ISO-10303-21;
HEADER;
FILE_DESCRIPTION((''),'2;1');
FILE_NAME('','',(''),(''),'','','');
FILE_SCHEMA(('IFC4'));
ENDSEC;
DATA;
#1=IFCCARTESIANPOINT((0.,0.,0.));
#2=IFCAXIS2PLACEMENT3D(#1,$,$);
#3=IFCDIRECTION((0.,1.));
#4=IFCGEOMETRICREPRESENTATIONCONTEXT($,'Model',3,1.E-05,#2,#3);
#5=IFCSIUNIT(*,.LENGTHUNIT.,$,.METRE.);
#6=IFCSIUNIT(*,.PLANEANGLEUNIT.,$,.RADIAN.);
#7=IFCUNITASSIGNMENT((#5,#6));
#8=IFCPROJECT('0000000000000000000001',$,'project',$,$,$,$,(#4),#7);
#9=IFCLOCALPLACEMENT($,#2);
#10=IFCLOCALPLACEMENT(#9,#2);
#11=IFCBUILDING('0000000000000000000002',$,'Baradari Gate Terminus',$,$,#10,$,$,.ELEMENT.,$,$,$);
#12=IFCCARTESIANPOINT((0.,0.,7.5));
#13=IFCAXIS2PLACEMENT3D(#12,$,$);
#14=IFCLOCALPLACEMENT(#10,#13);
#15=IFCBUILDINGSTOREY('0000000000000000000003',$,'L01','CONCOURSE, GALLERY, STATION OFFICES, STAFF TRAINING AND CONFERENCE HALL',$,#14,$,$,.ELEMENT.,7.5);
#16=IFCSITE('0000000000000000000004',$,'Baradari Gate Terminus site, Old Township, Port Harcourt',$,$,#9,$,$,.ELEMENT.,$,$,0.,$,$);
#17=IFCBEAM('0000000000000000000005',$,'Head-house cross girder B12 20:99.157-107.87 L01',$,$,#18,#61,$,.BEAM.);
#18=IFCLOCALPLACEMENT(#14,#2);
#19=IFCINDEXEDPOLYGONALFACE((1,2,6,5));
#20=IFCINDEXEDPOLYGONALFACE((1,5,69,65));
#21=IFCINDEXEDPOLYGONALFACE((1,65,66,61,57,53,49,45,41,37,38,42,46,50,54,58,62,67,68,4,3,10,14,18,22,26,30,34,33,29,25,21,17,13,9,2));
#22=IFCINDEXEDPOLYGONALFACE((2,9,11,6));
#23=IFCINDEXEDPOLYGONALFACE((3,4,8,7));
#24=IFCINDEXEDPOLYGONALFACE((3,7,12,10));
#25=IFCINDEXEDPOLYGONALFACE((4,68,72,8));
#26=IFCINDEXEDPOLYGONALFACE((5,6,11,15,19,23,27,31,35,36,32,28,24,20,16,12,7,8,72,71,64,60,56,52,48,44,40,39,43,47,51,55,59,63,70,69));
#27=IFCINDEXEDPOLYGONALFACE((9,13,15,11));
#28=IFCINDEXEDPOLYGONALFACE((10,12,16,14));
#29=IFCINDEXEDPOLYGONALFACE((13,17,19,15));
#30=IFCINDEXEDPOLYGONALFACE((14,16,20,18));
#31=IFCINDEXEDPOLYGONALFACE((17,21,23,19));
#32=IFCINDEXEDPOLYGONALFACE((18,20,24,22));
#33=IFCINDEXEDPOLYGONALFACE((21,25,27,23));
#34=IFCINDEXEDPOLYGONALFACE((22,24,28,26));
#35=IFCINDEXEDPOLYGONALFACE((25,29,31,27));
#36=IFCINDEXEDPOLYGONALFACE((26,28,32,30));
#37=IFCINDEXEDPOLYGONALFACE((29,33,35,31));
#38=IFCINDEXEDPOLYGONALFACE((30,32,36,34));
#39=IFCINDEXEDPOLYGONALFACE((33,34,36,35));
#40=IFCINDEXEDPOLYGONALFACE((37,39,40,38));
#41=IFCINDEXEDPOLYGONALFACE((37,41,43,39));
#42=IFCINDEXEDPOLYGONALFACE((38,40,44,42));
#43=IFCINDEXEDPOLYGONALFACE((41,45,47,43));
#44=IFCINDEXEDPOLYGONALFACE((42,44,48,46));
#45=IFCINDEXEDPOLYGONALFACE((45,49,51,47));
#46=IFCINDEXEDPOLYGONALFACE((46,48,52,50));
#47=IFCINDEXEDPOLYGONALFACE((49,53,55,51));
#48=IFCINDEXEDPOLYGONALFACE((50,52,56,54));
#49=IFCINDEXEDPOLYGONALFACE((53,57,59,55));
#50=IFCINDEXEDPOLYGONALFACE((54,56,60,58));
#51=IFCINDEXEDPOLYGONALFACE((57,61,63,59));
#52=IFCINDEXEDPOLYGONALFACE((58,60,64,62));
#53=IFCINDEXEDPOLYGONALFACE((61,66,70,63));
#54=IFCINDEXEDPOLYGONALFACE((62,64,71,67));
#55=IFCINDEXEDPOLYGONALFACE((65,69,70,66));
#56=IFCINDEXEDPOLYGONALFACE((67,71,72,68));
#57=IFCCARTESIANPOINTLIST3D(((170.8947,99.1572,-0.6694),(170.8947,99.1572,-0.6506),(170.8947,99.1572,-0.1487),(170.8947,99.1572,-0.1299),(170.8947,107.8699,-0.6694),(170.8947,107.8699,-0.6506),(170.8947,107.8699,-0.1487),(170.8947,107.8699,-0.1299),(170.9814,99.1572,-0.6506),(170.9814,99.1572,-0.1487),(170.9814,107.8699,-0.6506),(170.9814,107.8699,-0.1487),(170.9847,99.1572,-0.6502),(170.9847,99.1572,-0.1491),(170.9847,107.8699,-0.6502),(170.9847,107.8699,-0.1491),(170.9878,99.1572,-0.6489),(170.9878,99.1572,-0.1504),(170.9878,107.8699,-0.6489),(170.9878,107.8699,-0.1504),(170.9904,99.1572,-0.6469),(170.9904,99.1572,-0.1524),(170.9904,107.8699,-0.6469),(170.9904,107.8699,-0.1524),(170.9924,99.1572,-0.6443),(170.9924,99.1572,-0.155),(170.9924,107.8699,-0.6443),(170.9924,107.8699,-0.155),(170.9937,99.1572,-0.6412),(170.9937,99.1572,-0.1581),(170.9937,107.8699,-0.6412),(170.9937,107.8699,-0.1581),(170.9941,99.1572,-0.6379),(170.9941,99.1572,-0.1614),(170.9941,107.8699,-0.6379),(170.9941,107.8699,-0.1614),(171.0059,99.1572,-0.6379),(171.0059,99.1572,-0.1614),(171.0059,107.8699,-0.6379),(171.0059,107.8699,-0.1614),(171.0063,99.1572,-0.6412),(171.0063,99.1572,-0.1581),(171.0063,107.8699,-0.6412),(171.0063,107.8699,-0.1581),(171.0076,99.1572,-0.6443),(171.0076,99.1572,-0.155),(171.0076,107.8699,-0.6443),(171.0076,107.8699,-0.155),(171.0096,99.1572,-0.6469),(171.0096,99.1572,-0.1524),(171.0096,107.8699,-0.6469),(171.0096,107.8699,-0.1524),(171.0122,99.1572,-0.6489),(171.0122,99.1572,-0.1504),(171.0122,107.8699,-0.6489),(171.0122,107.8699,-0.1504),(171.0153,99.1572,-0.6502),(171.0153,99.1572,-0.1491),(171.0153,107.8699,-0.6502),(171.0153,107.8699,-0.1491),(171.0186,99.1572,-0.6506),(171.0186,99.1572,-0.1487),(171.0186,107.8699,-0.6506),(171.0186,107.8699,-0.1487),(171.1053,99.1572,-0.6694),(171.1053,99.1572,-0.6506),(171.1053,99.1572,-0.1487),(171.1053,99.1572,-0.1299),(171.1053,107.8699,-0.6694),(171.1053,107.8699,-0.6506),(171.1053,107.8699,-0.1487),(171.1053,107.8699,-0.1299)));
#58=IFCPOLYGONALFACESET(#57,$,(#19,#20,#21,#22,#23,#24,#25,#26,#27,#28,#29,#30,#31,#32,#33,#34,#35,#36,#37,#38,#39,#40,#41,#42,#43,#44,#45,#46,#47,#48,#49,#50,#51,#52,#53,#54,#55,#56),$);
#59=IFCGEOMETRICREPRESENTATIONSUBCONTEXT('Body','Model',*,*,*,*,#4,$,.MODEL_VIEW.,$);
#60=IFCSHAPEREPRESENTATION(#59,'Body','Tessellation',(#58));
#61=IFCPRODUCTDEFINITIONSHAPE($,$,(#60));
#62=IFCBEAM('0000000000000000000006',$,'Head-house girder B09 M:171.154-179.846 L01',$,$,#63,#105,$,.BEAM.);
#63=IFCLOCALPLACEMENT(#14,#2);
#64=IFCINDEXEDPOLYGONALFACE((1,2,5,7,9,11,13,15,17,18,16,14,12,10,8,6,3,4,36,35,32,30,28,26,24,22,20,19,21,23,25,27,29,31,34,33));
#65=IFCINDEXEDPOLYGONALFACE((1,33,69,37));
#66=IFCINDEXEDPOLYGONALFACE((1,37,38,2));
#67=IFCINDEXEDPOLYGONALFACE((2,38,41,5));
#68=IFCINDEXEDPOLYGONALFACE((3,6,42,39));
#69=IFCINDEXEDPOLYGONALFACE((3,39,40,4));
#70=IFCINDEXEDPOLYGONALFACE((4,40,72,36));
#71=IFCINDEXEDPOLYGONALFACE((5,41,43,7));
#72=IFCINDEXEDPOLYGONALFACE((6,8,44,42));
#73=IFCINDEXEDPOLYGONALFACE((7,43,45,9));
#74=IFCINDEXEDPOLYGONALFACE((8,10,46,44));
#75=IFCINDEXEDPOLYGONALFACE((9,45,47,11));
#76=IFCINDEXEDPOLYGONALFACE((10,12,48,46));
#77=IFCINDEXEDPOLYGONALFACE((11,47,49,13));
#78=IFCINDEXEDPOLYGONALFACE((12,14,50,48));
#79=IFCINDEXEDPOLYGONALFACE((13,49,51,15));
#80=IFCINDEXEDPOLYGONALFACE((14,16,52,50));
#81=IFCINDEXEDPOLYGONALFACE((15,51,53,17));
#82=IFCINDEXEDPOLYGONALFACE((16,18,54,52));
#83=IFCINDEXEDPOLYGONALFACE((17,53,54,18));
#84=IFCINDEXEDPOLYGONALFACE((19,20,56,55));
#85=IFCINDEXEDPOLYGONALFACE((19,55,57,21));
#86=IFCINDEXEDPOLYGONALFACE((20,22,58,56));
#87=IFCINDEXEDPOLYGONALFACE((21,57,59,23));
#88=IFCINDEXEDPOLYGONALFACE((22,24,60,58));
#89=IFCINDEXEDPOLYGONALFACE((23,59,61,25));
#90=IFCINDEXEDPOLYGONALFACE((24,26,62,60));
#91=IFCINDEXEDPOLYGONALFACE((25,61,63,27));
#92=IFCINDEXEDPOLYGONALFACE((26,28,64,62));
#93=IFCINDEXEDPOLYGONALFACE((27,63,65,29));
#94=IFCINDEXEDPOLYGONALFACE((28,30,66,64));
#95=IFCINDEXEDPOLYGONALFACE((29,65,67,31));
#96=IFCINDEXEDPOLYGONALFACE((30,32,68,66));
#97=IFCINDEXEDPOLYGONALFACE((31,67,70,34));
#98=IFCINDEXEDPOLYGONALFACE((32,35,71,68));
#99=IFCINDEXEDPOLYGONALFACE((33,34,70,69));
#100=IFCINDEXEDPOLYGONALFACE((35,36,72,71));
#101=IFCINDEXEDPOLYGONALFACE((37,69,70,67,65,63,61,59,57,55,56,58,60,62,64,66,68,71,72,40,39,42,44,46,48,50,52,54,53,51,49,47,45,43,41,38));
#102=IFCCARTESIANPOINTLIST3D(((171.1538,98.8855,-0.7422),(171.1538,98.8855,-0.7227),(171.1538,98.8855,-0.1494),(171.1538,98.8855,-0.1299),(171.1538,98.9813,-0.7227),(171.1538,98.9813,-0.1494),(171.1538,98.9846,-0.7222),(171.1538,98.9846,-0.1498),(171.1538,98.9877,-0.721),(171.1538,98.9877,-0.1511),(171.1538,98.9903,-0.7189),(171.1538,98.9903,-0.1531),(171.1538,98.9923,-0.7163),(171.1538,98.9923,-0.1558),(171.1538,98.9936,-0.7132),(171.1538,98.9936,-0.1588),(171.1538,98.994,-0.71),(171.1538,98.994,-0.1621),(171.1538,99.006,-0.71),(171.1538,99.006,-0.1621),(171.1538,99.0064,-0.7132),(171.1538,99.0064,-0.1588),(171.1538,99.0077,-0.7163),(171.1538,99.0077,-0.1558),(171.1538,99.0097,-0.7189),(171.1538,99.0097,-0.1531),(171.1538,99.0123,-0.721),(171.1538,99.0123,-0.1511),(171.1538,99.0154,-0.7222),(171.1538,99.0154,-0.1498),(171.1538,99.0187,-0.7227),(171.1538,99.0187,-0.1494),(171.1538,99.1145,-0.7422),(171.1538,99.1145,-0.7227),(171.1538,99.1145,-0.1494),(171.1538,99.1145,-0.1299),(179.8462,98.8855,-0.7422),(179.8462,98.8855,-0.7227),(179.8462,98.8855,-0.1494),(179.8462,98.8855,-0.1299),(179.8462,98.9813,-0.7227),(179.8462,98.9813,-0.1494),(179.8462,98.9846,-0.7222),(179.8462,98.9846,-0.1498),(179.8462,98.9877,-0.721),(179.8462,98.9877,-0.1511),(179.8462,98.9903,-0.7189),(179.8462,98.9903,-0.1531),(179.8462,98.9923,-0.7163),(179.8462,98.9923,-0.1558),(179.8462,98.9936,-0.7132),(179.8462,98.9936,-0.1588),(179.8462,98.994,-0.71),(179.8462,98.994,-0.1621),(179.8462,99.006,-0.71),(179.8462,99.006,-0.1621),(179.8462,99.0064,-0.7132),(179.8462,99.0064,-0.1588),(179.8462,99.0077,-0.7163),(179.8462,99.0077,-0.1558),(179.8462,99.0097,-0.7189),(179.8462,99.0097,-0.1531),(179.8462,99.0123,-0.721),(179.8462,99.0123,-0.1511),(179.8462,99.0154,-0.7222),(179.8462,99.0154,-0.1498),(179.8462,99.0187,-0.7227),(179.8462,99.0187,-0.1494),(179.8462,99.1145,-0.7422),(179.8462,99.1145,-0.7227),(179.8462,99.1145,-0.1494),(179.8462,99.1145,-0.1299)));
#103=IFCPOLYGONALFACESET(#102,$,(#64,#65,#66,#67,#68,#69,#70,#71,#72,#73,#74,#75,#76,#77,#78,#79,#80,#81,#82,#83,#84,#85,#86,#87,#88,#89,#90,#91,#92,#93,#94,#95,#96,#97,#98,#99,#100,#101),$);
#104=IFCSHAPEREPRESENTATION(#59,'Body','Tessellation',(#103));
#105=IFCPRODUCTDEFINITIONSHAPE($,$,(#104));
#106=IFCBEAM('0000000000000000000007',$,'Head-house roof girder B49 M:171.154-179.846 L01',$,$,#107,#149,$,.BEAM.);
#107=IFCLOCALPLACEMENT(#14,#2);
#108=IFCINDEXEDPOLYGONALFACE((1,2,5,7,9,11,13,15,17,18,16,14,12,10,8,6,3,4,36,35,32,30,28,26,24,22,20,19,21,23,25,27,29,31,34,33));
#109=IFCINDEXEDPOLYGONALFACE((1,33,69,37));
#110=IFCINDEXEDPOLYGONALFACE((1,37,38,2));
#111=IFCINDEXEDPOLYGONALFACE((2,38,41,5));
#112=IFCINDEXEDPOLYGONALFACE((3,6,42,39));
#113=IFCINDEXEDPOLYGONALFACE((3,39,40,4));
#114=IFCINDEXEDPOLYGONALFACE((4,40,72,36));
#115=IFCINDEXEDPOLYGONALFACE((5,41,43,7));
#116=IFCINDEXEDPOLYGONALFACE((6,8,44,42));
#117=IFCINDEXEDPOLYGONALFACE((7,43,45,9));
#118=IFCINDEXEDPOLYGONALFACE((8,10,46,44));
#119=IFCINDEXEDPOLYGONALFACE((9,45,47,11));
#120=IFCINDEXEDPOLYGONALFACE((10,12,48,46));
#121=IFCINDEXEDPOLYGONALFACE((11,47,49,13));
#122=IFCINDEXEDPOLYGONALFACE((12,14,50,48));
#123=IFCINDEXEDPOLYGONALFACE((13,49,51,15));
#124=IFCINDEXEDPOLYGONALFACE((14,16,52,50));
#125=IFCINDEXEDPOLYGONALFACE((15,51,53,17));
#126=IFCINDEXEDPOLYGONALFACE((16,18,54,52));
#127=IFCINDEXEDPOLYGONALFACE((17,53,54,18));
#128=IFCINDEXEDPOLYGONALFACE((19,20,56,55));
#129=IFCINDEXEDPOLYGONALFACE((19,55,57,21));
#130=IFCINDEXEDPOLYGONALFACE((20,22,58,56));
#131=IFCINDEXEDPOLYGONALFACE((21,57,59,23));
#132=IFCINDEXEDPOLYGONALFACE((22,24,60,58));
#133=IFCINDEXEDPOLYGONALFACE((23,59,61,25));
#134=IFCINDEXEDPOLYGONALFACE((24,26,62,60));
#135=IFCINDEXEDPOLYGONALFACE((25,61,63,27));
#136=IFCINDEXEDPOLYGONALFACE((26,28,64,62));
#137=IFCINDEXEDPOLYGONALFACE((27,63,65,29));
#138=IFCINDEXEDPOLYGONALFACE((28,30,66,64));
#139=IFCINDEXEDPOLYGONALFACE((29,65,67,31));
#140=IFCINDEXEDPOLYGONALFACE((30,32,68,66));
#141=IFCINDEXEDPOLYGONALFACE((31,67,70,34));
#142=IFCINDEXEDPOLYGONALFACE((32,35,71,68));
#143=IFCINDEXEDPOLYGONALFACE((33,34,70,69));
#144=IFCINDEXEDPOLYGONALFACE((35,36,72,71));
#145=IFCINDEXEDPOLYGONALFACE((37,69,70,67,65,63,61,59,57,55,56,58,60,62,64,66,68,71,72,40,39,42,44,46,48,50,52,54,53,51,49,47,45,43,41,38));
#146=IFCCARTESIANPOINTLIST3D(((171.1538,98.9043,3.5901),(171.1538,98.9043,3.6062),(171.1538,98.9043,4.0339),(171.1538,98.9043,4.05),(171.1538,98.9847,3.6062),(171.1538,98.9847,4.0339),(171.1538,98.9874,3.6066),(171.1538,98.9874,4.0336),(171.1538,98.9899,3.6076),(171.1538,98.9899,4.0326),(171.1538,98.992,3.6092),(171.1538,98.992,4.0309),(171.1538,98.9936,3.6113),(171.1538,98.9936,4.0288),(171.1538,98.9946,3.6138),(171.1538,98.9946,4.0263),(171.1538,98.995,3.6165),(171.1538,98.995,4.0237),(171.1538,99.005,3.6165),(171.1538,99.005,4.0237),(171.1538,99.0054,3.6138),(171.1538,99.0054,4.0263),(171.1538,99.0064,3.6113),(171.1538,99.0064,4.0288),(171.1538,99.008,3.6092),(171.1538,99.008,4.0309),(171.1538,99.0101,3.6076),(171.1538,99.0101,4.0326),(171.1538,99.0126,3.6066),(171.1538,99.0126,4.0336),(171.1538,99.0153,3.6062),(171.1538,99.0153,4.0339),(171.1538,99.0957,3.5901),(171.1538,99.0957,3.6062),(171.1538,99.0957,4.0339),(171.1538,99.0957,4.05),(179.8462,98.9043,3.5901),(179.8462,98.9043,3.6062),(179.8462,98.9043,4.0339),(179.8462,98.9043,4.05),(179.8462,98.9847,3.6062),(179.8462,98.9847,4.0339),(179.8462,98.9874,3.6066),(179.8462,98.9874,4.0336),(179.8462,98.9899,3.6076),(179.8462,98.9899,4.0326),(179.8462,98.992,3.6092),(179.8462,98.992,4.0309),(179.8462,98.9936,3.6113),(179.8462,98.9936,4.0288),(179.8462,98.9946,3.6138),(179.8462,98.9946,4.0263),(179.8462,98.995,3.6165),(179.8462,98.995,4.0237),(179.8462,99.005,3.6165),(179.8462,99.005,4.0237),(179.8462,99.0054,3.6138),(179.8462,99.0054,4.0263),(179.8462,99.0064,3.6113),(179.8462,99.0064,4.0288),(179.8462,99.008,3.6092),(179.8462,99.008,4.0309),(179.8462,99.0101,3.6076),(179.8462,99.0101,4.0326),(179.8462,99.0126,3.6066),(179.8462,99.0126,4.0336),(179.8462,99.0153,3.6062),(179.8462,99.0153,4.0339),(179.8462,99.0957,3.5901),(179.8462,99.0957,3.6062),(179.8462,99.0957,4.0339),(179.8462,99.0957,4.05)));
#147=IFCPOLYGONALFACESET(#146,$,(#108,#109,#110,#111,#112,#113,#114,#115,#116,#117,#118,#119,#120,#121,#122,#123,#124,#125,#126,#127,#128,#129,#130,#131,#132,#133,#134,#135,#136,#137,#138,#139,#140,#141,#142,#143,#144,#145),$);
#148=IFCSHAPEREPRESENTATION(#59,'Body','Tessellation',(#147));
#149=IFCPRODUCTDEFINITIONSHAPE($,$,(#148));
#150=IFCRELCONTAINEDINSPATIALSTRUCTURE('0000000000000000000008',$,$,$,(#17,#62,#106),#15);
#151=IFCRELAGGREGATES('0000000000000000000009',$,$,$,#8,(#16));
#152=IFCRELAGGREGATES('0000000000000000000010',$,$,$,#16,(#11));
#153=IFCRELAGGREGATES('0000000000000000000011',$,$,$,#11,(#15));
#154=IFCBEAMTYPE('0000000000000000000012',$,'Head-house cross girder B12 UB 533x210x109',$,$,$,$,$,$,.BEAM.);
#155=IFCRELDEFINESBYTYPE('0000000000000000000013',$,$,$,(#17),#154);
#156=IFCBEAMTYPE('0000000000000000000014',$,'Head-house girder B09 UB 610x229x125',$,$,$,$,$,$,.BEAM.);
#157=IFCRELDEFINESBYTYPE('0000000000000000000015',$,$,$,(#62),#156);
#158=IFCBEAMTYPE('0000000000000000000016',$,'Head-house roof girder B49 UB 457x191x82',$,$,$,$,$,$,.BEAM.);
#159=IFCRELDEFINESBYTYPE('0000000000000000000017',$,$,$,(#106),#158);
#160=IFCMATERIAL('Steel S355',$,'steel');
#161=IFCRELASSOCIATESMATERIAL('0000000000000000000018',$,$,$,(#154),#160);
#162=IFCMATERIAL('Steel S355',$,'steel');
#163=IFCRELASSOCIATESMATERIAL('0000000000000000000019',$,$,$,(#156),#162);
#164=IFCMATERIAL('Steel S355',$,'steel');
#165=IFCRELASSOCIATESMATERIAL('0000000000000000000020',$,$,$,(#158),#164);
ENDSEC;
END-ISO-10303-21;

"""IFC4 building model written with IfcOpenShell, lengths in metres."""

from ifc_helpers import new_model, si_unit, direction, frame, origin, origin_2d, place, context, subcontext, project, spatial, i_section, extrude, material, material_profile, profile_set, type_object, element, save


model = new_model("IFC4")

# Units and contexts
model_context = context("Model", 3, precision=1e-05, world=origin(), true_north=direction((0.0, 1.0)))
body_context = subcontext(model_context, "Body", "Model", "MODEL_VIEW")
ifc_project = project(units=[si_unit("LENGTHUNIT", "METRE"), si_unit("PLANEANGLEUNIT", "RADIAN")], contexts=[model_context])

# Site, building, storey
site_placement = place(None, origin())
site = spatial("IfcSite", under=ifc_project, at=site_placement, Name="Baradari Gate Terminus site, Old Township, Port Harcourt", CompositionType="ELEMENT", RefElevation=0.0)
building_placement = place(site_placement, origin())
building = spatial("IfcBuilding", under=site, at=building_placement, Name="Baradari Gate Terminus", CompositionType="ELEMENT")
storey_placement = place(building_placement, frame((0.0, 0.0, 7.5)))
storey = spatial("IfcBuildingStorey", under=building, at=storey_placement, Name="L01", Description="CONCOURSE, GALLERY, STATION OFFICES, STAFF TRAINING AND CONFERENCE HALL", CompositionType="ELEMENT", Elevation=7.5)

# Beams
ifc_material_1 = material(Name="Steel S355", Category="steel")
ifc_material_profile_1 = material_profile(ifc_material_1, i_section(OverallWidth=0.2107, OverallDepth=0.5396, WebThickness=0.0117, FlangeThickness=0.0188, FilletRadius=0.0127, at=origin_2d()), Name="UB 533x210x109")
ifc_profile_set_1 = profile_set([ifc_material_profile_1], Name="Steel S355")
beam_type_1 = type_object("IfcBeamType", Name="Head-house cross girder B12 UB 533x210x109", PredefinedType="BEAM", material=ifc_profile_set_1)
beam_1_placement = place(storey_placement, frame((171.0, 99.1572, -0.3997), z_axis=(0.0, 1.0, 0.0), x_axis=(-1.0, 0.0, 0.0)))
element("IfcBeam", 1, at=beam_1_placement, inside=storey, type_object=beam_type_1, Name="Head-house cross girder B12 20:99.157-107.87 L01", PredefinedType="BEAM", context=body_context, shape_type="SweptSolid", body=[
    extrude(i_section(OverallWidth=0.2107, OverallDepth=0.5396, WebThickness=0.0117, FlangeThickness=0.0188, FilletRadius=0.0127, at=origin_2d()), origin(), (0.0, 0.0, 1.0), 8.7126),
])
ifc_material_2 = material(Name="Steel S355", Category="steel")
ifc_material_profile_2 = material_profile(ifc_material_2, i_section(OverallWidth=0.229, OverallDepth=0.6123, WebThickness=0.012, FlangeThickness=0.0195, FilletRadius=0.0127, at=origin_2d()), Name="UB 610x229x125")
ifc_profile_set_2 = profile_set([ifc_material_profile_2], Name="Steel S355")
beam_type_2 = type_object("IfcBeamType", Name="Head-house girder B09 UB 610x229x125", PredefinedType="BEAM", material=ifc_profile_set_2)
beam_2_placement = place(storey_placement, frame((171.1538, 99.0, -0.436), z_axis=(1.0, 0.0, 0.0), x_axis=(0.0, 1.0, 0.0)))
element("IfcBeam", 2, at=beam_2_placement, inside=storey, type_object=beam_type_2, Name="Head-house girder B09 M:171.154-179.846 L01", PredefinedType="BEAM", context=body_context, shape_type="SweptSolid", body=[
    extrude(i_section(OverallWidth=0.229, OverallDepth=0.6123, WebThickness=0.012, FlangeThickness=0.0195, FilletRadius=0.0127, at=origin_2d()), origin(), (0.0, 0.0, 1.0), 8.6924),
])
ifc_material_3 = material(Name="Steel S355", Category="steel")
ifc_material_profile_3 = material_profile(ifc_material_3, i_section(OverallWidth=0.1914, OverallDepth=0.46, WebThickness=0.01, FlangeThickness=0.0161, FilletRadius=0.0103, at=origin_2d()), Name="UB 457x191x82")
ifc_profile_set_3 = profile_set([ifc_material_profile_3], Name="Steel S355")
beam_type_3 = type_object("IfcBeamType", Name="Head-house roof girder B49 UB 457x191x82", PredefinedType="BEAM", material=ifc_profile_set_3)
beam_3_placement = place(storey_placement, frame((171.1538, 99.0, 3.8201), z_axis=(1.0, 0.0, 0.0), x_axis=(0.0, 1.0, 0.0)))
element("IfcBeam", 3, at=beam_3_placement, inside=storey, type_object=beam_type_3, Name="Head-house roof girder B49 M:171.154-179.846 L01", PredefinedType="BEAM", context=body_context, shape_type="SweptSolid", body=[
    extrude(i_section(OverallWidth=0.1914, OverallDepth=0.46, WebThickness=0.01, FlangeThickness=0.0161, FilletRadius=0.0103, at=origin_2d()), origin(), (0.0, 0.0, 1.0), 8.6924),
])

save(model, "model.ifc")
